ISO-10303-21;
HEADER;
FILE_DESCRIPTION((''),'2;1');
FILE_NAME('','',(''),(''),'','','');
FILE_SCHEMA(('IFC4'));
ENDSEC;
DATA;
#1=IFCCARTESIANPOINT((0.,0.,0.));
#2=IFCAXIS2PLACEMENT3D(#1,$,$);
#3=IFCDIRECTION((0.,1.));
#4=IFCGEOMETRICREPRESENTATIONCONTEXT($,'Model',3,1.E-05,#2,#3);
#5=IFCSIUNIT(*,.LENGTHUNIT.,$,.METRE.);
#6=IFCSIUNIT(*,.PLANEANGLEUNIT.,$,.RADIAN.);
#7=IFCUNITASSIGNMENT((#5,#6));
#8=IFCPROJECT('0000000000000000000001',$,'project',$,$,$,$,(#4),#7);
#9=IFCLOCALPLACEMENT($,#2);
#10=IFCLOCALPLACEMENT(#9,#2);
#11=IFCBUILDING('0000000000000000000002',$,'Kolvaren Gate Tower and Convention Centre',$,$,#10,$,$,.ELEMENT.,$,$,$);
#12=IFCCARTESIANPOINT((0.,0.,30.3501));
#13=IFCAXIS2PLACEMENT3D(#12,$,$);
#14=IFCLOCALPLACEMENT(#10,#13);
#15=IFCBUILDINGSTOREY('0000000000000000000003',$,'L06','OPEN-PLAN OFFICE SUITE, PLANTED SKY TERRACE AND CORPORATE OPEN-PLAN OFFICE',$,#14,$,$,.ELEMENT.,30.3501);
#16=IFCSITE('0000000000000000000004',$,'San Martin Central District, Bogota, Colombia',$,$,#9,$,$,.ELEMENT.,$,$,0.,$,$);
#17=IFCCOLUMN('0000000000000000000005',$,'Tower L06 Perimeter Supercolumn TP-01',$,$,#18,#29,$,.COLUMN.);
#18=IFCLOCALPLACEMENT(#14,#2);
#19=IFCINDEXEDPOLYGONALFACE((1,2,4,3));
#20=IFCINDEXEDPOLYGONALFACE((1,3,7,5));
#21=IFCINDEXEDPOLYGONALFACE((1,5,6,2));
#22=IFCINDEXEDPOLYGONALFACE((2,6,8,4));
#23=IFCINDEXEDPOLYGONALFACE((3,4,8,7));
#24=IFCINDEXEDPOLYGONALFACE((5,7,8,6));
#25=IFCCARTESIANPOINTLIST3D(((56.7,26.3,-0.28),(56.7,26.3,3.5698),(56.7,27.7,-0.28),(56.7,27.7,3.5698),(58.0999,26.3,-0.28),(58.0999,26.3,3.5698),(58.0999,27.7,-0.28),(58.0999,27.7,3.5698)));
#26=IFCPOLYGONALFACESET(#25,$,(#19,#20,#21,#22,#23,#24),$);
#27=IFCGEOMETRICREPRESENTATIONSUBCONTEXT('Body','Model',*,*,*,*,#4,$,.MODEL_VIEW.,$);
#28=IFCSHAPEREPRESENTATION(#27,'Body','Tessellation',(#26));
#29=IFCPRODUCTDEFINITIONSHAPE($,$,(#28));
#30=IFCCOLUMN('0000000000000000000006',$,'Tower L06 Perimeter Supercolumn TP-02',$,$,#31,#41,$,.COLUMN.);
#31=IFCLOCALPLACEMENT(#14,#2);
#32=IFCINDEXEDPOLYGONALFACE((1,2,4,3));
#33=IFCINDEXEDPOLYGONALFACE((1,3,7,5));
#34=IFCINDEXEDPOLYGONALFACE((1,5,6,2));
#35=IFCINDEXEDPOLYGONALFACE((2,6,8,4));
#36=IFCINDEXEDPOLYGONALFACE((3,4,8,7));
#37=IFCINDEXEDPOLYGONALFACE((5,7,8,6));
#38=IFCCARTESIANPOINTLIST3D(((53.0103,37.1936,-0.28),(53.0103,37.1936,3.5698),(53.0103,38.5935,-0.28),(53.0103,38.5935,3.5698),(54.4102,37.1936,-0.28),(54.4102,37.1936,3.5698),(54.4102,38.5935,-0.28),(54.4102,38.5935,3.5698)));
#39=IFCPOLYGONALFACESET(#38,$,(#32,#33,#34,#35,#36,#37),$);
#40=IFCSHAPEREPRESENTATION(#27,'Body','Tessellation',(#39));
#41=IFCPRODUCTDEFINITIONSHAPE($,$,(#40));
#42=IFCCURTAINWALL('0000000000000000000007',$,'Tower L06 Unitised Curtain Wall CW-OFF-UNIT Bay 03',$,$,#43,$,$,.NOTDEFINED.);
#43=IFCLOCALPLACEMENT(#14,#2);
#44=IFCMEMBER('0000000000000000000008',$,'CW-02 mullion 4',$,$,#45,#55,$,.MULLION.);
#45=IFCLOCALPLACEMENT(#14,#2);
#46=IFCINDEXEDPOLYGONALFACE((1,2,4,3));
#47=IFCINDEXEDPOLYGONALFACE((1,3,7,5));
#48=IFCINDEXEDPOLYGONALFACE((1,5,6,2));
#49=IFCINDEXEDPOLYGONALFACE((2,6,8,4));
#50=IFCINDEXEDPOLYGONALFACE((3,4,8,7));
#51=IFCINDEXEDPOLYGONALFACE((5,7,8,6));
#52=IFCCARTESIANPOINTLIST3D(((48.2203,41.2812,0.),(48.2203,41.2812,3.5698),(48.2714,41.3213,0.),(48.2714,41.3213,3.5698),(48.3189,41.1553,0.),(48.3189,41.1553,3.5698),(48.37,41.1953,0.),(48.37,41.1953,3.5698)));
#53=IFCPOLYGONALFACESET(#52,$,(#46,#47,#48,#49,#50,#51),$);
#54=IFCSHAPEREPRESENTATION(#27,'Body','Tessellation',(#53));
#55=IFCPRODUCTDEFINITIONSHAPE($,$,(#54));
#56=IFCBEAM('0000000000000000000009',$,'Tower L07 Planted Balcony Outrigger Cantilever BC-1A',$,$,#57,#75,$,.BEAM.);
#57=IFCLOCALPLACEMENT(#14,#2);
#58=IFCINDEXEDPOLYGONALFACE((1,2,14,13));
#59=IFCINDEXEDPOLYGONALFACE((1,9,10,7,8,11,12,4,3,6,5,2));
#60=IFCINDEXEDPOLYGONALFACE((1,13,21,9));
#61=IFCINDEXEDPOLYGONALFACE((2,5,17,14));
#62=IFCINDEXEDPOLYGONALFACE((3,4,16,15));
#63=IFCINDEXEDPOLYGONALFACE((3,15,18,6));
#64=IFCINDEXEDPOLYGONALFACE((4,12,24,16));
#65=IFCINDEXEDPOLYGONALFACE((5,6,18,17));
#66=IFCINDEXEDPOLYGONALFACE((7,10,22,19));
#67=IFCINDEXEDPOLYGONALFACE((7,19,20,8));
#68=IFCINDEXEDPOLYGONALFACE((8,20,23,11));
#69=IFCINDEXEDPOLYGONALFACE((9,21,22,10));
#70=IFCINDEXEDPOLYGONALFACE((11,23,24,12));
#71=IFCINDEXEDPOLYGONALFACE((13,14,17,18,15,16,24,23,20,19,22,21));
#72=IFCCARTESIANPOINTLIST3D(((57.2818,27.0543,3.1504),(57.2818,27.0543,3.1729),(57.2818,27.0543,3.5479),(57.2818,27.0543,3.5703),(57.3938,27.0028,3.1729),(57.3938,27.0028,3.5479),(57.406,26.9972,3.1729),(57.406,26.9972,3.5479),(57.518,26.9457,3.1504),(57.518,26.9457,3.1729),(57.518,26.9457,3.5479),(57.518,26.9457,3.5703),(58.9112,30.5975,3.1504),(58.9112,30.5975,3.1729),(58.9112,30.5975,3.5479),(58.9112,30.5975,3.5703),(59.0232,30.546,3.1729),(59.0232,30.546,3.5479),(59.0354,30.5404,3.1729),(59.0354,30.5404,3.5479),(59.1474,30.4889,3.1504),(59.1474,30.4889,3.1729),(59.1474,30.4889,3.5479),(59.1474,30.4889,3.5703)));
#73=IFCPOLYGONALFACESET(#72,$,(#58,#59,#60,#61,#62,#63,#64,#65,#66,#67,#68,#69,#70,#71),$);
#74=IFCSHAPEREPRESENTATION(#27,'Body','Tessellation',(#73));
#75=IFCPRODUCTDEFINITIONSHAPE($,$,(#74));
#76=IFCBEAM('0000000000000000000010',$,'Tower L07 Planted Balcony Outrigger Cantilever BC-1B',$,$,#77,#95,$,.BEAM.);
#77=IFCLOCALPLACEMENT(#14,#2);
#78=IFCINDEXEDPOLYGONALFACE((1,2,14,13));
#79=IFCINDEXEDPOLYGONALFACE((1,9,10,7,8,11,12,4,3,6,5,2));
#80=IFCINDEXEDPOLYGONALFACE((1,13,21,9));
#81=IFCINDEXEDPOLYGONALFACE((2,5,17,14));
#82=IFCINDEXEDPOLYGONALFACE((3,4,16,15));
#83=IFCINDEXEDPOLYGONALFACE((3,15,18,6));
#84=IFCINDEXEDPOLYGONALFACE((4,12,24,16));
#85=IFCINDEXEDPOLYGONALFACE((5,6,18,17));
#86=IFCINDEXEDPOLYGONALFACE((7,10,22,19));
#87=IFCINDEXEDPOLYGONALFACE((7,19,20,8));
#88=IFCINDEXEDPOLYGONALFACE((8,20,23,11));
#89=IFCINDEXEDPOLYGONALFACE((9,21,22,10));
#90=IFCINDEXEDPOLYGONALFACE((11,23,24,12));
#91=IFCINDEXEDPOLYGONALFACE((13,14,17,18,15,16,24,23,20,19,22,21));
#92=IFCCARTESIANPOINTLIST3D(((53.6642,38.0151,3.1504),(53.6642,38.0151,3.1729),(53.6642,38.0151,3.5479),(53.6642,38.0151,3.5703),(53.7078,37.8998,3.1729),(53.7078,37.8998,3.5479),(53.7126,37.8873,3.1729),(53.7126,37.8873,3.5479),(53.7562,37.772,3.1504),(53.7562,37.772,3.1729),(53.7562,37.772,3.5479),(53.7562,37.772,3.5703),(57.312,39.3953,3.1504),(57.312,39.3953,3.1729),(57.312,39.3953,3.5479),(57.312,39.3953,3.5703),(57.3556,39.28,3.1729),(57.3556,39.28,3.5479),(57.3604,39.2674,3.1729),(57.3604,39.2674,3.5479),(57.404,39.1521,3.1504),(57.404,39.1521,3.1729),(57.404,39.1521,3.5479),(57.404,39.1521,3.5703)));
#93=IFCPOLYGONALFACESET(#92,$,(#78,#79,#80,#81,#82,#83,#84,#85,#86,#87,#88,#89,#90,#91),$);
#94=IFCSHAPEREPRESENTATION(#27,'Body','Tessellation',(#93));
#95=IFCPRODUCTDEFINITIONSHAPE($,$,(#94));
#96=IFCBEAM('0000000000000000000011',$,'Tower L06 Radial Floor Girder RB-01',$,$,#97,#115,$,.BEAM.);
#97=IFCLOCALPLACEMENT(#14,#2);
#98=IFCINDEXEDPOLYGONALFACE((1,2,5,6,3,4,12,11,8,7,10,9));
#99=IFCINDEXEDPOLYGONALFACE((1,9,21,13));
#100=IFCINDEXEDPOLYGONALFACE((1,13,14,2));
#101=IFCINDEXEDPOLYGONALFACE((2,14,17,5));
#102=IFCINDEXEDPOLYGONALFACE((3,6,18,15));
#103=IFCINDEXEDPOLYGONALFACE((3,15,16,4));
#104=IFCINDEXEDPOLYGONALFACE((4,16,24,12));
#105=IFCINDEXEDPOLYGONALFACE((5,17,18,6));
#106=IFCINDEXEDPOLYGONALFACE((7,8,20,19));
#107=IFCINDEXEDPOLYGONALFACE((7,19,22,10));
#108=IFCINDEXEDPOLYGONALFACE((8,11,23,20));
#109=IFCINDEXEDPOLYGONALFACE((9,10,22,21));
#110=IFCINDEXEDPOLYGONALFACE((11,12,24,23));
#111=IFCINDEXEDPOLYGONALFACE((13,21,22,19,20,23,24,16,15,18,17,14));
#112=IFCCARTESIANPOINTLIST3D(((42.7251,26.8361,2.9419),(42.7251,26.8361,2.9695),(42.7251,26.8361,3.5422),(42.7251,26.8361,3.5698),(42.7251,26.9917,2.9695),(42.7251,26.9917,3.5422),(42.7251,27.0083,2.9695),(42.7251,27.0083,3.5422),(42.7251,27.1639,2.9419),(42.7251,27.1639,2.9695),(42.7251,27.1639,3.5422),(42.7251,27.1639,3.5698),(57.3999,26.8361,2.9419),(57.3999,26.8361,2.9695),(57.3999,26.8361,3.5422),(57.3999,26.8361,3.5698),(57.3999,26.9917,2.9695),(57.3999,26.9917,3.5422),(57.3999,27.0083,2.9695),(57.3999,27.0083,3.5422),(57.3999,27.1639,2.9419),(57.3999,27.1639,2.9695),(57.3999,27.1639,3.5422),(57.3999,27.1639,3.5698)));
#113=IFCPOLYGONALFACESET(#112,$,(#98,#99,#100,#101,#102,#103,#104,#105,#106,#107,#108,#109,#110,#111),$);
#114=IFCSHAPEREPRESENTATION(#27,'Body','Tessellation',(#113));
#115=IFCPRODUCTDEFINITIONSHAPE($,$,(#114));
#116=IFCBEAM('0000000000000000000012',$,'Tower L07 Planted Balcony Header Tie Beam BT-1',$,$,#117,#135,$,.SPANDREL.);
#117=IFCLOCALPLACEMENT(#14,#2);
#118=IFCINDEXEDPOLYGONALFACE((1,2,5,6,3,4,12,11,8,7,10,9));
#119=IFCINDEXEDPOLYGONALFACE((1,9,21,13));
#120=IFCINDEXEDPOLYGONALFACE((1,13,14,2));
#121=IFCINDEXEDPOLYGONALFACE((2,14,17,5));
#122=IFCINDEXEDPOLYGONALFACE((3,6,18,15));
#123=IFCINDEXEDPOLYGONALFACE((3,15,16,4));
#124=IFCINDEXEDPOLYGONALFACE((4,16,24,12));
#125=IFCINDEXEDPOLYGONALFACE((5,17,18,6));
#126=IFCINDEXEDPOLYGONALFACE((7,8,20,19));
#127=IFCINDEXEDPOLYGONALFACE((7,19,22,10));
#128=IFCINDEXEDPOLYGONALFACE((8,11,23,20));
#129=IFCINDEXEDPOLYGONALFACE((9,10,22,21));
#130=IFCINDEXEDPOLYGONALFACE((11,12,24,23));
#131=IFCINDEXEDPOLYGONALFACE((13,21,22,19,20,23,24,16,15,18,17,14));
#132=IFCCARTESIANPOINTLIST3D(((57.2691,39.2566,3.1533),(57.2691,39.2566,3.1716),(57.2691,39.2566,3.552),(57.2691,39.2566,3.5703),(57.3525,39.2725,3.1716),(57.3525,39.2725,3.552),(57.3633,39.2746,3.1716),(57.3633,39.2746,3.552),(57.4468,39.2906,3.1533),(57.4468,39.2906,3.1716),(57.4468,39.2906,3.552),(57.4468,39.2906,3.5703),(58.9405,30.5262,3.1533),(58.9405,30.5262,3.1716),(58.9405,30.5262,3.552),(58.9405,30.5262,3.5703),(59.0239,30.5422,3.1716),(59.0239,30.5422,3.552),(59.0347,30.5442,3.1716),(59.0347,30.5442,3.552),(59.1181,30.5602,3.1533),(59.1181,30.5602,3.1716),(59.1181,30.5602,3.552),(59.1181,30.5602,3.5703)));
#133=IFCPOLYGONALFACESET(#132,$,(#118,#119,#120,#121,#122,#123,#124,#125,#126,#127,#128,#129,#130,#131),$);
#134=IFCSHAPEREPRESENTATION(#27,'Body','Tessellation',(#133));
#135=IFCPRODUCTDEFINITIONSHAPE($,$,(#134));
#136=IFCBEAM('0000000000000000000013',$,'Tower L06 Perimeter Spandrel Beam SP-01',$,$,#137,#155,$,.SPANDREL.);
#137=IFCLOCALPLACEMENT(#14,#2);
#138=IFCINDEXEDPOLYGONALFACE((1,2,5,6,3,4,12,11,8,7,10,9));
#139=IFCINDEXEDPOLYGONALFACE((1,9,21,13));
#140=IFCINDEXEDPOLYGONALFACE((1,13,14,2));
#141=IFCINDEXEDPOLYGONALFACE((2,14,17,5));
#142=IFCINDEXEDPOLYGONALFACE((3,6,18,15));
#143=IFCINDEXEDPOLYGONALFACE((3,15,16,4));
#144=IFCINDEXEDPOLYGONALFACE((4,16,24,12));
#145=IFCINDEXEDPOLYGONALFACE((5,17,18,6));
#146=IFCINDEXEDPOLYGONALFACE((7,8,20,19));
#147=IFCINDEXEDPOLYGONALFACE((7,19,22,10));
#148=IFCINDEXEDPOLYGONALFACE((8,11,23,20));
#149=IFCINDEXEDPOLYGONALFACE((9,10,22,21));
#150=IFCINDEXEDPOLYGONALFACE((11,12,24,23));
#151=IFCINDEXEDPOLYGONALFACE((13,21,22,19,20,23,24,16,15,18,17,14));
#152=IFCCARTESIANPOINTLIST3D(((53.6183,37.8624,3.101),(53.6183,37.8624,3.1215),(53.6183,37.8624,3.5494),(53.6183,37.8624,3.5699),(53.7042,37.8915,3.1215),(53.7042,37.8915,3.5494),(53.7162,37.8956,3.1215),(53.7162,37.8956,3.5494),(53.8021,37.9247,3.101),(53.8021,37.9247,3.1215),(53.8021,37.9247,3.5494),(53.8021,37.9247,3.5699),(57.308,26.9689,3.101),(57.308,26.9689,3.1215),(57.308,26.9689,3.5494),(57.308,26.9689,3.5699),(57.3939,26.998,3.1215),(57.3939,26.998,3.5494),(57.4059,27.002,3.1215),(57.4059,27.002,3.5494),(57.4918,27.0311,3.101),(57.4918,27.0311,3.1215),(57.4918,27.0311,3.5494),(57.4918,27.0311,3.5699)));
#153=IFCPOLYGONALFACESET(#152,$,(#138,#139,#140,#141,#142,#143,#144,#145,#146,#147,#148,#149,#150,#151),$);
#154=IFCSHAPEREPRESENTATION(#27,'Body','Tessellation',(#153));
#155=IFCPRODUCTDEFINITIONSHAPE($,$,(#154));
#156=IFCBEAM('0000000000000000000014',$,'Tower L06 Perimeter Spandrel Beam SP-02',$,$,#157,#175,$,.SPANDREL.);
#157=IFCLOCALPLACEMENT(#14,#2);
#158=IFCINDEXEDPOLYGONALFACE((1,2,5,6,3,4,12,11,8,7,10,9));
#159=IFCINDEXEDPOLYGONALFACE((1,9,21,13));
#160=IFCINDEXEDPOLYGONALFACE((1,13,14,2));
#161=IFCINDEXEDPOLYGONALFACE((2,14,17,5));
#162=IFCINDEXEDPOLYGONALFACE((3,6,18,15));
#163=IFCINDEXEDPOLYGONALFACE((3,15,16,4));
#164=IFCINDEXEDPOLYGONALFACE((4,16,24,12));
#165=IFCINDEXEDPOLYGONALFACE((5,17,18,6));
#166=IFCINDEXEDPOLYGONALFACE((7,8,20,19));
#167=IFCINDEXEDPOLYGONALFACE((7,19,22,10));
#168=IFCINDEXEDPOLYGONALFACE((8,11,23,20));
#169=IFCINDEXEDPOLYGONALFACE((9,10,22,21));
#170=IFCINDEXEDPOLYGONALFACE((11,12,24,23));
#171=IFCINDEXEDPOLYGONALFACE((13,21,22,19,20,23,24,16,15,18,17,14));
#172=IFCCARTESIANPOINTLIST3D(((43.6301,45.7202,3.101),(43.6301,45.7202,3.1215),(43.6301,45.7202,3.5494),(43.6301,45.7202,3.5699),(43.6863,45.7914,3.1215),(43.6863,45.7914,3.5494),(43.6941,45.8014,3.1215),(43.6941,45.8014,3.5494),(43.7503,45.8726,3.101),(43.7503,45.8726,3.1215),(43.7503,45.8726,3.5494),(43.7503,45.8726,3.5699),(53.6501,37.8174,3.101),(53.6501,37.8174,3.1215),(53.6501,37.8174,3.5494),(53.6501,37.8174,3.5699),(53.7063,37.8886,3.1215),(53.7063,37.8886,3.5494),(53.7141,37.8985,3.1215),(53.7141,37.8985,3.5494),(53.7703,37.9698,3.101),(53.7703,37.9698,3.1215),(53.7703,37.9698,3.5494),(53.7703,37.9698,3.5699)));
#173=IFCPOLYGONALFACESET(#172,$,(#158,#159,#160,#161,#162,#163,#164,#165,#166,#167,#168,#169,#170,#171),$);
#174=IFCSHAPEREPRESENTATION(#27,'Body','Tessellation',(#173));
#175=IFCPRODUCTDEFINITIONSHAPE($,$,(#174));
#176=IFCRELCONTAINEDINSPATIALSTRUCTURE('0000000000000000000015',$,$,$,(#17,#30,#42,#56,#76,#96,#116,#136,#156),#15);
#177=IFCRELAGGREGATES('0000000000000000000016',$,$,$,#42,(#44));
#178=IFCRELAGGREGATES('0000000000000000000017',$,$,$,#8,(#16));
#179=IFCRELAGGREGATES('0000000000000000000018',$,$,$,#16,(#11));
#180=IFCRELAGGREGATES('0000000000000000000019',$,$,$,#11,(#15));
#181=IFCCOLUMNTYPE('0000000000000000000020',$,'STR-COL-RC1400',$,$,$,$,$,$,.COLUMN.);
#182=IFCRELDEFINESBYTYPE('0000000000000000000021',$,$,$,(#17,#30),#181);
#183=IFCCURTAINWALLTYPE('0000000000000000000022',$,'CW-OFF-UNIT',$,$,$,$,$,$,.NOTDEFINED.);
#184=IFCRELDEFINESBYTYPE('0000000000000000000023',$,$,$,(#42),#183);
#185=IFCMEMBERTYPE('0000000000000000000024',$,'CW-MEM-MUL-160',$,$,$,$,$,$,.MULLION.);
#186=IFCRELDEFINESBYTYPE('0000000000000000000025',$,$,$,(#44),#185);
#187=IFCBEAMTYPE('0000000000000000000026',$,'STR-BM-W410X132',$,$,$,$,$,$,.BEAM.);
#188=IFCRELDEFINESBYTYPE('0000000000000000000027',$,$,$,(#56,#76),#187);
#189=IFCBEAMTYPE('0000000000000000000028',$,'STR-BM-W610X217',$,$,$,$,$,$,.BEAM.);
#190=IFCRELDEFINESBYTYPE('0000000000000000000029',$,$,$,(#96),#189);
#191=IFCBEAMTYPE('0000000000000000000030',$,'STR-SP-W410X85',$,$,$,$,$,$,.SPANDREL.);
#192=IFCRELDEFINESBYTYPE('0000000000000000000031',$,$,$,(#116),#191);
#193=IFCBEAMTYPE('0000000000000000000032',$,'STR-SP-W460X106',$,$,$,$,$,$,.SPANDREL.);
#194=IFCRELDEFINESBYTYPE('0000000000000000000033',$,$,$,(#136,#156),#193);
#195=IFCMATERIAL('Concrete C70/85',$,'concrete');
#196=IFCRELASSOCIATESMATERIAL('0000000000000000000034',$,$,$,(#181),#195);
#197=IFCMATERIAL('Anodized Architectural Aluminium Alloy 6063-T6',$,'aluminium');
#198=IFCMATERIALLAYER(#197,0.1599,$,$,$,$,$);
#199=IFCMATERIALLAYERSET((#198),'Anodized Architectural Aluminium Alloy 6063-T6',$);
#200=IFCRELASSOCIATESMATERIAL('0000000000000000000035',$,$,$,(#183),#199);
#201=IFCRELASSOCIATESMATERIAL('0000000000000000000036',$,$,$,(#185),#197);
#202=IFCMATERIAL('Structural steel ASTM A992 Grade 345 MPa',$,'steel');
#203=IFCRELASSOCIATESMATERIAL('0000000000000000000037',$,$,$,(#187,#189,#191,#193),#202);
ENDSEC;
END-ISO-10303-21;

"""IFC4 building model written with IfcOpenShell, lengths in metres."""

from ifc_helpers import new_model, si_unit, direction, frame, origin, origin_2d, place, context, subcontext, project, spatial, rectangle, i_section, extrude, material, layer, layer_set, material_profile, profile_set, type_object, element, aggregate, save


model = new_model("IFC4")

# Units and contexts
model_context = context("Model", 3, precision=1e-05, world=origin(), true_north=direction((0.0, 1.0)))
body_context = subcontext(model_context, "Body", "Model", "MODEL_VIEW")
ifc_project = project(units=[si_unit("LENGTHUNIT", "METRE"), si_unit("PLANEANGLEUNIT", "RADIAN")], contexts=[model_context])

# Site, building, storey
site_placement = place(None, origin())
site = spatial("IfcSite", under=ifc_project, at=site_placement, Name="San Martin Central District, Bogota, Colombia", CompositionType="ELEMENT", RefElevation=0.0)
building_placement = place(site_placement, origin())
building = spatial("IfcBuilding", under=site, at=building_placement, Name="Kolvaren Gate Tower and Convention Centre", CompositionType="ELEMENT")
storey_placement = place(building_placement, frame((0.0, 0.0, 30.3501)))
storey = spatial("IfcBuildingStorey", under=building, at=storey_placement, Name="L06", Description="OPEN-PLAN OFFICE SUITE, PLANTED SKY TERRACE AND CORPORATE OPEN-PLAN OFFICE", CompositionType="ELEMENT", Elevation=30.3501)

# Columns
ifc_material_1 = material(Name="Concrete C70/85", Category="concrete")
ifc_material_profile_1 = material_profile(ifc_material_1, rectangle(XDim=1.3999, YDim=1.3999, at=origin_2d()), Name="RC-COL-1400X1400")
ifc_profile_set_1 = profile_set([ifc_material_profile_1], Name="Concrete C70/85")
column_type = type_object("IfcColumnType", Name="STR-COL-RC1400", PredefinedType="COLUMN", material=ifc_profile_set_1)
for number, where, z_axis, x_axis, name in (
    (1, (57.3999, 27.0, -0.28), (0.0, 0.0, 1.0), (1.0, 0.0, 0.0), "Tower L06 Perimeter Supercolumn TP-01"),
    (2, (53.7102, 37.8936, -0.28), (0.0, 0.0, 1.0), (1.0, 0.0, 0.0), "Tower L06 Perimeter Supercolumn TP-02"),
):
    element("IfcColumn", number, at=place(storey_placement, frame(where, z_axis=z_axis, x_axis=x_axis)), inside=storey, type_object=column_type, Name=name, PredefinedType="COLUMN", context=body_context, shape_type="SweptSolid", body=[
        extrude(rectangle(XDim=1.3999, YDim=1.3999, at=origin_2d()), origin(), (0.0, 0.0, 1.0), 3.8499),
    ])

# Curtain wall, member
ifc_material_2 = material(Name="Anodized Architectural Aluminium Alloy 6063-T6", Category="aluminium")
ifc_layer_1 = layer(ifc_material_2, 0.1599)
ifc_layer_set_1 = layer_set([ifc_layer_1], Name="Anodized Architectural Aluminium Alloy 6063-T6")
curtain_wall_type = type_object("IfcCurtainWallType", Name="CW-OFF-UNIT", PredefinedType="NOTDEFINED", material=ifc_layer_set_1)
curtain_wall_placement = place(storey_placement, origin())
curtain_wall = element("IfcCurtainWall", 3, at=curtain_wall_placement, inside=storey, type_object=curtain_wall_type, Name="Tower L06 Unitised Curtain Wall CW-OFF-UNIT Bay 03", PredefinedType="NOTDEFINED")
ifc_material_profile_2 = material_profile(ifc_material_2, rectangle(XDim=0.0649, YDim=0.1599, at=origin_2d()), Name="CW-MEM-MUL-160")
ifc_profile_set_2 = profile_set([ifc_material_profile_2], Name="Anodized Architectural Aluminium Alloy 6063-T6")
member_type = type_object("IfcMemberType", Name="CW-MEM-MUL-160", PredefinedType="MULLION", material=ifc_profile_set_2)
member_placement = place(storey_placement, frame((48.2952, 41.2383, 0.0), z_axis=(0.0, 0.0, 1.0), x_axis=(0.787413, 0.616426, 0.0)))
member = element("IfcMember", 4, at=member_placement, type_object=member_type, Name="CW-02 mullion 4", PredefinedType="MULLION", context=body_context, shape_type="SweptSolid", body=[
    extrude(rectangle(XDim=0.0649, YDim=0.1599, at=origin_2d()), origin(), (0.0, 0.0, 1.0), 3.5698),
])

# Beams
ifc_material_3 = material(Name="Structural steel ASTM A992 Grade 345 MPa", Category="steel")
ifc_material_profile_3 = material_profile(ifc_material_3, i_section(OverallWidth=0.26, OverallDepth=0.4199, WebThickness=0.0134, FlangeThickness=0.0225, at=origin_2d()), Name="W410X132")
ifc_profile_set_3 = profile_set([ifc_material_profile_3], Name="Structural steel ASTM A992 Grade 345 MPa")
beam_type_1 = type_object("IfcBeamType", Name="STR-BM-W410X132", PredefinedType="BEAM", material=ifc_profile_set_3)
beam_1_placement = place(storey_placement, frame((57.3999, 27.0, 3.3604), z_axis=(0.417803, 0.908538, 0.0), x_axis=(-0.908538, 0.417803, 0.0)))
element("IfcBeam", 5, at=beam_1_placement, inside=storey, type_object=beam_type_1, Name="Tower L07 Planted Balcony Outrigger Cantilever BC-1A", PredefinedType="BEAM", context=body_context, shape_type="SweptSolid", body=[
    extrude(i_section(OverallWidth=0.26, OverallDepth=0.4199, WebThickness=0.0134, FlangeThickness=0.0225, at=origin_2d()), origin(), (0.0, 0.0, 1.0), 3.8999),
])
beam_2_placement = place(storey_placement, frame((53.7102, 37.8936, 3.3604), z_axis=(0.935294, 0.353873, 0.0), x_axis=(-0.353873, 0.935294, 0.0)))
element("IfcBeam", 6, at=beam_2_placement, inside=storey, type_object=beam_type_1, Name="Tower L07 Planted Balcony Outrigger Cantilever BC-1B", PredefinedType="BEAM", context=body_context, shape_type="SweptSolid", body=[
    extrude(i_section(OverallWidth=0.26, OverallDepth=0.4199, WebThickness=0.0134, FlangeThickness=0.0225, at=origin_2d()), origin(), (0.0, 0.0, 1.0), 3.9001),
])
ifc_material_profile_4 = material_profile(ifc_material_3, i_section(OverallWidth=0.3279, OverallDepth=0.6279, WebThickness=0.0166, FlangeThickness=0.0276, at=origin_2d()), Name="W610X217")
ifc_profile_set_4 = profile_set([ifc_material_profile_4], Name="Structural steel ASTM A992 Grade 345 MPa")
beam_type_2 = type_object("IfcBeamType", Name="STR-BM-W610X217", PredefinedType="BEAM", material=ifc_profile_set_4)
beam_3_placement = place(storey_placement, frame((42.7251, 27.0, 3.2559), z_axis=(1.0, 0.0, 0.0), x_axis=(0.0, 1.0, 0.0)))
element("IfcBeam", 7, at=beam_3_placement, inside=storey, type_object=beam_type_2, Name="Tower L06 Radial Floor Girder RB-01", PredefinedType="BEAM", context=body_context, shape_type="SweptSolid", body=[
    extrude(i_section(OverallWidth=0.3279, OverallDepth=0.6279, WebThickness=0.0166, FlangeThickness=0.0276, at=origin_2d()), origin(), (0.0, 0.0, 1.0), 14.6748),
])
ifc_material_profile_5 = material_profile(ifc_material_3, i_section(OverallWidth=0.1809, OverallDepth=0.417, WebThickness=0.011, FlangeThickness=0.0183, at=origin_2d()), Name="W410X85")
ifc_profile_set_5 = profile_set([ifc_material_profile_5], Name="Structural steel ASTM A992 Grade 345 MPa")
beam_type_3 = type_object("IfcBeamType", Name="STR-SP-W410X85", PredefinedType="SPANDREL", material=ifc_profile_set_5)
beam_4_placement = place(storey_placement, frame((59.0293, 30.5432, 3.3618), z_axis=(-0.188028, 0.982164, 0.0), x_axis=(-0.982164, -0.188028, 0.0)))
element("IfcBeam", 8, at=beam_4_placement, inside=storey, type_object=beam_type_3, Name="Tower L07 Planted Balcony Header Tie Beam BT-1", PredefinedType="SPANDREL", context=body_context, shape_type="SweptSolid", body=[
    extrude(i_section(OverallWidth=0.1809, OverallDepth=0.417, WebThickness=0.011, FlangeThickness=0.0183, at=origin_2d()), origin(), (0.0, 0.0, 1.0), 8.8889),
])
ifc_material_profile_6 = material_profile(ifc_material_3, i_section(OverallWidth=0.1941, OverallDepth=0.469, WebThickness=0.0127, FlangeThickness=0.0205, at=origin_2d()), Name="W460X106")
ifc_profile_set_6 = profile_set([ifc_material_profile_6], Name="Structural steel ASTM A992 Grade 345 MPa")
beam_type_4 = type_object("IfcBeamType", Name="STR-SP-W460X106", PredefinedType="SPANDREL", material=ifc_profile_set_6)
beam_5_placement = place(storey_placement, frame((57.3999, 27.0, 3.3354), z_axis=(-0.320803, 0.947146, 0.0), x_axis=(-0.947146, -0.320803, 0.0)))
element("IfcBeam", 9, at=beam_5_placement, inside=storey, type_object=beam_type_4, Name="Tower L06 Perimeter Spandrel Beam SP-01", PredefinedType="SPANDREL", context=body_context, shape_type="SweptSolid", body=[
    extrude(i_section(OverallWidth=0.1941, OverallDepth=0.469, WebThickness=0.0127, FlangeThickness=0.0205, at=origin_2d()), origin(), (0.0, 0.0, 1.0), 11.5015),
])
beam_6_placement = place(storey_placement, frame((53.7102, 37.8936, 3.3354), z_axis=(-0.785176, 0.619272, 0.0), x_axis=(-0.619272, -0.785176, 0.0)))
element("IfcBeam", 10, at=beam_6_placement, inside=storey, type_object=beam_type_4, Name="Tower L06 Perimeter Spandrel Beam SP-02", PredefinedType="SPANDREL", context=body_context, shape_type="SweptSolid", body=[
    extrude(i_section(OverallWidth=0.1941, OverallDepth=0.469, WebThickness=0.0127, FlangeThickness=0.0205, at=origin_2d()), origin(), (0.0, 0.0, 1.0), 12.7615),
])

aggregate(curtain_wall, [member])

save(model, "model.ifc")
